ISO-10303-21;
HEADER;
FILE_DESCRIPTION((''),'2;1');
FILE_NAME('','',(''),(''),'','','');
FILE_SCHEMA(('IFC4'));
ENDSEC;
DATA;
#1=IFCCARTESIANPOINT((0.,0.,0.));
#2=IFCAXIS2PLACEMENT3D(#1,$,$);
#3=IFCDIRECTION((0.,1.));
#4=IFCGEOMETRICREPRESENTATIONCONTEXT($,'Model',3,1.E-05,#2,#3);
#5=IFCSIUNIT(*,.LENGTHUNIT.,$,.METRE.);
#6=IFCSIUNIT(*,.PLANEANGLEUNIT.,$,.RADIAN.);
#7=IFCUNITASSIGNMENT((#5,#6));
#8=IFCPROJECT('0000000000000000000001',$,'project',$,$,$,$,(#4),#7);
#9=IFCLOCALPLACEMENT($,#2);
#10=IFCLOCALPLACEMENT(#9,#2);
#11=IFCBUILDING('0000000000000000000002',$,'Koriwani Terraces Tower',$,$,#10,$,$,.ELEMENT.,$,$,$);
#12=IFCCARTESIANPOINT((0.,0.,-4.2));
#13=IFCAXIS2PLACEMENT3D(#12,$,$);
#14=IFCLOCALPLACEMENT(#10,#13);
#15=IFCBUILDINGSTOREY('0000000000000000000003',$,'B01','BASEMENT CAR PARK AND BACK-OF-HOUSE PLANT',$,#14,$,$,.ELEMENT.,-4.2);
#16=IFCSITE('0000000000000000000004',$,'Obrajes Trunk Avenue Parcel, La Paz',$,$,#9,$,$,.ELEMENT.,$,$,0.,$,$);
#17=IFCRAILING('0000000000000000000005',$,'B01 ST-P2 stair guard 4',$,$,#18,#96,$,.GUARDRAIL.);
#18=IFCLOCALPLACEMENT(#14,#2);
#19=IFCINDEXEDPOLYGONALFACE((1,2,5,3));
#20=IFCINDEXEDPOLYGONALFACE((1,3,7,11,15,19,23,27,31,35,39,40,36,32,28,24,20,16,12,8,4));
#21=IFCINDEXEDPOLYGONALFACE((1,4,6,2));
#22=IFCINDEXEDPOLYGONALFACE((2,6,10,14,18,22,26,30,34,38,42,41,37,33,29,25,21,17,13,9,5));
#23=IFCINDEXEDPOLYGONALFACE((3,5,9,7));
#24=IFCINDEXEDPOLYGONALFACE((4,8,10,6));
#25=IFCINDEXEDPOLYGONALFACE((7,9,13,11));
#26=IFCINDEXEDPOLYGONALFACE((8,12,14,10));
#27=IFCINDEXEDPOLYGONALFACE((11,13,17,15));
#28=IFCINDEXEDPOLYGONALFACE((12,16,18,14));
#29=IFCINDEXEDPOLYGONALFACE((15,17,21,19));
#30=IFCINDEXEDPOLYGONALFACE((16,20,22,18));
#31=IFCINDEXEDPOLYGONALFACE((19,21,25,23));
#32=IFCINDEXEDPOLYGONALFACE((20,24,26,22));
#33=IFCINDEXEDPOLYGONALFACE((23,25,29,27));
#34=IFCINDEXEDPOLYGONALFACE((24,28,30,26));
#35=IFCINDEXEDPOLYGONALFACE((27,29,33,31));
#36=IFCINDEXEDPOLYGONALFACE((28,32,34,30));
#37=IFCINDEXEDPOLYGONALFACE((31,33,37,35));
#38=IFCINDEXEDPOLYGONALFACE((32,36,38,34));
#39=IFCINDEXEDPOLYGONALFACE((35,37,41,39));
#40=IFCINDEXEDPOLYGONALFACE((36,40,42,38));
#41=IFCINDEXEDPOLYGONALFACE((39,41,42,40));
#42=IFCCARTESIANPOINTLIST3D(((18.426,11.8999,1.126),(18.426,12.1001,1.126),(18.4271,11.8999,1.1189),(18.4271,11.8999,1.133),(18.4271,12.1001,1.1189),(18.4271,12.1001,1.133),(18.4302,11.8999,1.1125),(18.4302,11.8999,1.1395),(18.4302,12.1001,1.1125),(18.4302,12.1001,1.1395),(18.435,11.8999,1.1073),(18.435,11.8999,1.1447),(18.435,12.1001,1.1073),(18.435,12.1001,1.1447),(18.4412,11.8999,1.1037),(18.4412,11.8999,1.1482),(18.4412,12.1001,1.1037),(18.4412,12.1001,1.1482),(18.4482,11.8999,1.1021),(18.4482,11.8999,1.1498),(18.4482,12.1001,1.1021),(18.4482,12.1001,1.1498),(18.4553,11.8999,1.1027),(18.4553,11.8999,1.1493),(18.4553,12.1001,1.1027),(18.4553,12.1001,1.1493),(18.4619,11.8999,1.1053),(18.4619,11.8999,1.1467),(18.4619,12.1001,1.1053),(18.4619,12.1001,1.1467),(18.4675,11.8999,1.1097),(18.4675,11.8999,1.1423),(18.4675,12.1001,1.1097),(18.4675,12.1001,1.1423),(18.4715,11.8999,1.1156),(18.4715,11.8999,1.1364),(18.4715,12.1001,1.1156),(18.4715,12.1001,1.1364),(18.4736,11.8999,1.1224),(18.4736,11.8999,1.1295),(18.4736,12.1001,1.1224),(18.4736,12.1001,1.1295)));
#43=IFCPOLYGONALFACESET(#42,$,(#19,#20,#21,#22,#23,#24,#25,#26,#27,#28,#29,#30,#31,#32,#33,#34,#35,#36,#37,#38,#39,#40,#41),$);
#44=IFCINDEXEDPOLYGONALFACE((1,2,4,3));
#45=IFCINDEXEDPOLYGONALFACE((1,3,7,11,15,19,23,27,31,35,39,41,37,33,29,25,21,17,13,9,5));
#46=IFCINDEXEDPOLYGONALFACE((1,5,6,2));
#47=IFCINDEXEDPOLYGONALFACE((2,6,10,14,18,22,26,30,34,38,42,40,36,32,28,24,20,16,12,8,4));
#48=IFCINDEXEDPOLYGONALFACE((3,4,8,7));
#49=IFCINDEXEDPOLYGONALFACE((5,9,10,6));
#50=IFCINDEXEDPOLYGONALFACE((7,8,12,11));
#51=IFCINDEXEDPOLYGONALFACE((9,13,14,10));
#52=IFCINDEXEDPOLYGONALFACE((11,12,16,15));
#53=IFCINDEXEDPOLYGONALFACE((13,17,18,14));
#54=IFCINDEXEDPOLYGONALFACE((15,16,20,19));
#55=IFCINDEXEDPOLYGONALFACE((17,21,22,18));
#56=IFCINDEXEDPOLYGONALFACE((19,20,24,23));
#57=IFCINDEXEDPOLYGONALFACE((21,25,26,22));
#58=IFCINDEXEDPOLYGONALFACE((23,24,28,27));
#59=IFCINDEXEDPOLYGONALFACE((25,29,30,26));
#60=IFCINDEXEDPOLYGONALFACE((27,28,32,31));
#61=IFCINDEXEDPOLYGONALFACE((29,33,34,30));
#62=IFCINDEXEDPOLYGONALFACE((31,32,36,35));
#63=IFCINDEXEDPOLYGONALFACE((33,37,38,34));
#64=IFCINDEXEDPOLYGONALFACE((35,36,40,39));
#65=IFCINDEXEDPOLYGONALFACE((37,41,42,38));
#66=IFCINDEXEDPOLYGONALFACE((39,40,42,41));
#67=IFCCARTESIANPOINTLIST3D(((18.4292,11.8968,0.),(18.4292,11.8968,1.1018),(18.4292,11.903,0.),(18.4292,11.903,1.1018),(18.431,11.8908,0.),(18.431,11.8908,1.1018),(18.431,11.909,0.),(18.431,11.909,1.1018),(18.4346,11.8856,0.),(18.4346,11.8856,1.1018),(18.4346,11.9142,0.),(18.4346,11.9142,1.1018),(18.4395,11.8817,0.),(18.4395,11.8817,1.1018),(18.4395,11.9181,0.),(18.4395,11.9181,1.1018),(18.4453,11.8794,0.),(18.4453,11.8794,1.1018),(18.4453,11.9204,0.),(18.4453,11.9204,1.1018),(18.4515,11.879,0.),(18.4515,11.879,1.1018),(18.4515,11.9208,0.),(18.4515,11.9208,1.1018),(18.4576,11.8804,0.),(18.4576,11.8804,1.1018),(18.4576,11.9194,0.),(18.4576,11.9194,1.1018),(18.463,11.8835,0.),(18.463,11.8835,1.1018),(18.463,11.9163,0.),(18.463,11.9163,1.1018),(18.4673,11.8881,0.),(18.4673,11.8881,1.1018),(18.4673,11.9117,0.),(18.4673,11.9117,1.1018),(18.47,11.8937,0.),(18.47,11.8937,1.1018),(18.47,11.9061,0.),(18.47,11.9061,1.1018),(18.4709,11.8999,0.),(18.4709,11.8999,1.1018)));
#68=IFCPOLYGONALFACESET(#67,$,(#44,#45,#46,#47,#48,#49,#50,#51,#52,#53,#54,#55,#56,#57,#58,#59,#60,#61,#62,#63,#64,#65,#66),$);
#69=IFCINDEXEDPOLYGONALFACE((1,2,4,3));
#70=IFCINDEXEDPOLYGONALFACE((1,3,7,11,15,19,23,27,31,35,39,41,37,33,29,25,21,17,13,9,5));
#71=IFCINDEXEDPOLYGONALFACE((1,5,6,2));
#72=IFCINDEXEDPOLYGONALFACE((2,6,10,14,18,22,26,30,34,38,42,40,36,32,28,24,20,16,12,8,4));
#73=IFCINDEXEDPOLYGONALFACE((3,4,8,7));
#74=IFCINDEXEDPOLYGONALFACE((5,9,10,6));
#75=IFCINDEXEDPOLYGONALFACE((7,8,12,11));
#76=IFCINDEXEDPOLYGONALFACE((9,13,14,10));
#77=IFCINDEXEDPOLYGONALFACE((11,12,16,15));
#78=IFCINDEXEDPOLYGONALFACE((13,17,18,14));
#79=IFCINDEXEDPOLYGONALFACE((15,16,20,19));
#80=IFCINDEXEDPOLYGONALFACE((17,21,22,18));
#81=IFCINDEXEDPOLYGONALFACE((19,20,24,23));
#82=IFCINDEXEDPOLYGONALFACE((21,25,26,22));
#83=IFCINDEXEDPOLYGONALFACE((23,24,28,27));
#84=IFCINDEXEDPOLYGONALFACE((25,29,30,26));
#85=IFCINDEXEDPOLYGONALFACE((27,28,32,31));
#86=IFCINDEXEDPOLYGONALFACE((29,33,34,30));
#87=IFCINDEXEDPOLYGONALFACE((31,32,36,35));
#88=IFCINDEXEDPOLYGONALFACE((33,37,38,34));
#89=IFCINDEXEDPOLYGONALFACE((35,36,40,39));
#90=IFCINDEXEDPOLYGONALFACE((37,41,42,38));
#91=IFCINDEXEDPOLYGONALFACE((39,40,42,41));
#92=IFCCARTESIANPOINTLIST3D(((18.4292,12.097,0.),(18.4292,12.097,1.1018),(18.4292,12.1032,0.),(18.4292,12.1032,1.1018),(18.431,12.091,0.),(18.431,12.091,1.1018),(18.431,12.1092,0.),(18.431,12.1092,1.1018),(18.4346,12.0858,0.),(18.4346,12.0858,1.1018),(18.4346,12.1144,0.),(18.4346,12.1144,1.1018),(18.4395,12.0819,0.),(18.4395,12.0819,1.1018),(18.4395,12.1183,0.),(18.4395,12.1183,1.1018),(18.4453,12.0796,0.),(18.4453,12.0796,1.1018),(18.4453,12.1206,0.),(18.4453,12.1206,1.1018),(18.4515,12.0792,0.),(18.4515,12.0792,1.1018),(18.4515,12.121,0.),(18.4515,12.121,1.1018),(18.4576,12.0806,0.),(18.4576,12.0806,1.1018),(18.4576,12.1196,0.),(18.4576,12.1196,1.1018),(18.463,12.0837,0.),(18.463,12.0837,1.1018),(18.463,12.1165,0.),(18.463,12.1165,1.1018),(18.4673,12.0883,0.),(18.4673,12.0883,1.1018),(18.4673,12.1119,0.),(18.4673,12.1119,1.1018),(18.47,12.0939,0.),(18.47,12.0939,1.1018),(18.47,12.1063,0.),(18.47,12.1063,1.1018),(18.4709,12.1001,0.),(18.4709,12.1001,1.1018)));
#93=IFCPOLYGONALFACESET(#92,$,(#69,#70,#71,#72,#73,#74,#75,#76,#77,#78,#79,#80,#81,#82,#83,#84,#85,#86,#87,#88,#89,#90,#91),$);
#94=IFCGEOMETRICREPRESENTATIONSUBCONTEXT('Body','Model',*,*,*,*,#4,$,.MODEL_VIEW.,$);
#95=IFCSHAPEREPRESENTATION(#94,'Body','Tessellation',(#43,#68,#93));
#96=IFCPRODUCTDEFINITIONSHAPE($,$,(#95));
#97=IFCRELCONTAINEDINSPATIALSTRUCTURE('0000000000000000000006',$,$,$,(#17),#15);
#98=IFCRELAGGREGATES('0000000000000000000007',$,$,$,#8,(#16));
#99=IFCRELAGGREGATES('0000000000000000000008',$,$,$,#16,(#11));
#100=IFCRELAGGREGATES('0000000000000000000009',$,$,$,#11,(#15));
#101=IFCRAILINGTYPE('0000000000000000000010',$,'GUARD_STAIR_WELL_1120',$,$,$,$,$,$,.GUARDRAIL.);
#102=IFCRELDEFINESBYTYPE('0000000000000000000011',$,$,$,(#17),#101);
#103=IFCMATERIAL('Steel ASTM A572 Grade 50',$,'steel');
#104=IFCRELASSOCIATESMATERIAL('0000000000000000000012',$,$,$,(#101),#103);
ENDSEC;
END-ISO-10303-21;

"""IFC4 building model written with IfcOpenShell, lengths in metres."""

from ifc_helpers import new_model, si_unit, direction, frame, origin, origin_2d, place, context, subcontext, project, spatial, circle, extrude, material, type_object, element, save


model = new_model("IFC4")

# Units and contexts
model_context = context("Model", 3, precision=1e-05, world=origin(), true_north=direction((0.0, 1.0)))
body_context = subcontext(model_context, "Body", "Model", "MODEL_VIEW")
ifc_project = project(units=[si_unit("LENGTHUNIT", "METRE"), si_unit("PLANEANGLEUNIT", "RADIAN")], contexts=[model_context])

# Site, building, storey
site_placement = place(None, origin())
site = spatial("IfcSite", under=ifc_project, at=site_placement, Name="Obrajes Trunk Avenue Parcel, La Paz", CompositionType="ELEMENT", RefElevation=0.0)
building_placement = place(site_placement, origin())
building = spatial("IfcBuilding", under=site, at=building_placement, Name="Koriwani Terraces Tower", CompositionType="ELEMENT")
storey_placement = place(building_placement, frame((0.0, 0.0, -4.2)))
storey = spatial("IfcBuildingStorey", under=building, at=storey_placement, Name="B01", Description="BASEMENT CAR PARK AND BACK-OF-HOUSE PLANT", CompositionType="ELEMENT", Elevation=-4.2)

# Shared definitions
ifc_material_1 = material(Name="Steel ASTM A572 Grade 50", Category="steel")

# Railing
railing_type_1 = type_object("IfcRailingType", Name="GUARD_STAIR_WELL_1120", PredefinedType="GUARDRAIL", material=ifc_material_1)
railing_1_placement = place(storey_placement, frame((18.45, 11.8999, 0.0)))
element("IfcRailing", 1, at=railing_1_placement, inside=storey, type_object=railing_type_1, Name="B01 ST-P2 stair guard 4", PredefinedType="GUARDRAIL", context=body_context, shape_type="SweptSolid", body=[
    extrude(circle(Radius=0.0239, at=origin_2d()), frame((0.0, 0.0, 1.126), z_axis=(0.0, 1.0, 0.0), x_axis=(-1.0, 0.0, 0.0)), (0.0, 0.0, 1.0), 0.2002),
    extrude(circle(Radius=0.021, at=origin_2d()), origin(), (0.0, 0.0, 1.0), 1.1018),
    extrude(circle(Radius=0.021, at=origin_2d()), frame((0.0, 0.2002, 0.0)), (0.0, 0.0, 1.0), 1.1018),
])

save(model, "model.ifc")
